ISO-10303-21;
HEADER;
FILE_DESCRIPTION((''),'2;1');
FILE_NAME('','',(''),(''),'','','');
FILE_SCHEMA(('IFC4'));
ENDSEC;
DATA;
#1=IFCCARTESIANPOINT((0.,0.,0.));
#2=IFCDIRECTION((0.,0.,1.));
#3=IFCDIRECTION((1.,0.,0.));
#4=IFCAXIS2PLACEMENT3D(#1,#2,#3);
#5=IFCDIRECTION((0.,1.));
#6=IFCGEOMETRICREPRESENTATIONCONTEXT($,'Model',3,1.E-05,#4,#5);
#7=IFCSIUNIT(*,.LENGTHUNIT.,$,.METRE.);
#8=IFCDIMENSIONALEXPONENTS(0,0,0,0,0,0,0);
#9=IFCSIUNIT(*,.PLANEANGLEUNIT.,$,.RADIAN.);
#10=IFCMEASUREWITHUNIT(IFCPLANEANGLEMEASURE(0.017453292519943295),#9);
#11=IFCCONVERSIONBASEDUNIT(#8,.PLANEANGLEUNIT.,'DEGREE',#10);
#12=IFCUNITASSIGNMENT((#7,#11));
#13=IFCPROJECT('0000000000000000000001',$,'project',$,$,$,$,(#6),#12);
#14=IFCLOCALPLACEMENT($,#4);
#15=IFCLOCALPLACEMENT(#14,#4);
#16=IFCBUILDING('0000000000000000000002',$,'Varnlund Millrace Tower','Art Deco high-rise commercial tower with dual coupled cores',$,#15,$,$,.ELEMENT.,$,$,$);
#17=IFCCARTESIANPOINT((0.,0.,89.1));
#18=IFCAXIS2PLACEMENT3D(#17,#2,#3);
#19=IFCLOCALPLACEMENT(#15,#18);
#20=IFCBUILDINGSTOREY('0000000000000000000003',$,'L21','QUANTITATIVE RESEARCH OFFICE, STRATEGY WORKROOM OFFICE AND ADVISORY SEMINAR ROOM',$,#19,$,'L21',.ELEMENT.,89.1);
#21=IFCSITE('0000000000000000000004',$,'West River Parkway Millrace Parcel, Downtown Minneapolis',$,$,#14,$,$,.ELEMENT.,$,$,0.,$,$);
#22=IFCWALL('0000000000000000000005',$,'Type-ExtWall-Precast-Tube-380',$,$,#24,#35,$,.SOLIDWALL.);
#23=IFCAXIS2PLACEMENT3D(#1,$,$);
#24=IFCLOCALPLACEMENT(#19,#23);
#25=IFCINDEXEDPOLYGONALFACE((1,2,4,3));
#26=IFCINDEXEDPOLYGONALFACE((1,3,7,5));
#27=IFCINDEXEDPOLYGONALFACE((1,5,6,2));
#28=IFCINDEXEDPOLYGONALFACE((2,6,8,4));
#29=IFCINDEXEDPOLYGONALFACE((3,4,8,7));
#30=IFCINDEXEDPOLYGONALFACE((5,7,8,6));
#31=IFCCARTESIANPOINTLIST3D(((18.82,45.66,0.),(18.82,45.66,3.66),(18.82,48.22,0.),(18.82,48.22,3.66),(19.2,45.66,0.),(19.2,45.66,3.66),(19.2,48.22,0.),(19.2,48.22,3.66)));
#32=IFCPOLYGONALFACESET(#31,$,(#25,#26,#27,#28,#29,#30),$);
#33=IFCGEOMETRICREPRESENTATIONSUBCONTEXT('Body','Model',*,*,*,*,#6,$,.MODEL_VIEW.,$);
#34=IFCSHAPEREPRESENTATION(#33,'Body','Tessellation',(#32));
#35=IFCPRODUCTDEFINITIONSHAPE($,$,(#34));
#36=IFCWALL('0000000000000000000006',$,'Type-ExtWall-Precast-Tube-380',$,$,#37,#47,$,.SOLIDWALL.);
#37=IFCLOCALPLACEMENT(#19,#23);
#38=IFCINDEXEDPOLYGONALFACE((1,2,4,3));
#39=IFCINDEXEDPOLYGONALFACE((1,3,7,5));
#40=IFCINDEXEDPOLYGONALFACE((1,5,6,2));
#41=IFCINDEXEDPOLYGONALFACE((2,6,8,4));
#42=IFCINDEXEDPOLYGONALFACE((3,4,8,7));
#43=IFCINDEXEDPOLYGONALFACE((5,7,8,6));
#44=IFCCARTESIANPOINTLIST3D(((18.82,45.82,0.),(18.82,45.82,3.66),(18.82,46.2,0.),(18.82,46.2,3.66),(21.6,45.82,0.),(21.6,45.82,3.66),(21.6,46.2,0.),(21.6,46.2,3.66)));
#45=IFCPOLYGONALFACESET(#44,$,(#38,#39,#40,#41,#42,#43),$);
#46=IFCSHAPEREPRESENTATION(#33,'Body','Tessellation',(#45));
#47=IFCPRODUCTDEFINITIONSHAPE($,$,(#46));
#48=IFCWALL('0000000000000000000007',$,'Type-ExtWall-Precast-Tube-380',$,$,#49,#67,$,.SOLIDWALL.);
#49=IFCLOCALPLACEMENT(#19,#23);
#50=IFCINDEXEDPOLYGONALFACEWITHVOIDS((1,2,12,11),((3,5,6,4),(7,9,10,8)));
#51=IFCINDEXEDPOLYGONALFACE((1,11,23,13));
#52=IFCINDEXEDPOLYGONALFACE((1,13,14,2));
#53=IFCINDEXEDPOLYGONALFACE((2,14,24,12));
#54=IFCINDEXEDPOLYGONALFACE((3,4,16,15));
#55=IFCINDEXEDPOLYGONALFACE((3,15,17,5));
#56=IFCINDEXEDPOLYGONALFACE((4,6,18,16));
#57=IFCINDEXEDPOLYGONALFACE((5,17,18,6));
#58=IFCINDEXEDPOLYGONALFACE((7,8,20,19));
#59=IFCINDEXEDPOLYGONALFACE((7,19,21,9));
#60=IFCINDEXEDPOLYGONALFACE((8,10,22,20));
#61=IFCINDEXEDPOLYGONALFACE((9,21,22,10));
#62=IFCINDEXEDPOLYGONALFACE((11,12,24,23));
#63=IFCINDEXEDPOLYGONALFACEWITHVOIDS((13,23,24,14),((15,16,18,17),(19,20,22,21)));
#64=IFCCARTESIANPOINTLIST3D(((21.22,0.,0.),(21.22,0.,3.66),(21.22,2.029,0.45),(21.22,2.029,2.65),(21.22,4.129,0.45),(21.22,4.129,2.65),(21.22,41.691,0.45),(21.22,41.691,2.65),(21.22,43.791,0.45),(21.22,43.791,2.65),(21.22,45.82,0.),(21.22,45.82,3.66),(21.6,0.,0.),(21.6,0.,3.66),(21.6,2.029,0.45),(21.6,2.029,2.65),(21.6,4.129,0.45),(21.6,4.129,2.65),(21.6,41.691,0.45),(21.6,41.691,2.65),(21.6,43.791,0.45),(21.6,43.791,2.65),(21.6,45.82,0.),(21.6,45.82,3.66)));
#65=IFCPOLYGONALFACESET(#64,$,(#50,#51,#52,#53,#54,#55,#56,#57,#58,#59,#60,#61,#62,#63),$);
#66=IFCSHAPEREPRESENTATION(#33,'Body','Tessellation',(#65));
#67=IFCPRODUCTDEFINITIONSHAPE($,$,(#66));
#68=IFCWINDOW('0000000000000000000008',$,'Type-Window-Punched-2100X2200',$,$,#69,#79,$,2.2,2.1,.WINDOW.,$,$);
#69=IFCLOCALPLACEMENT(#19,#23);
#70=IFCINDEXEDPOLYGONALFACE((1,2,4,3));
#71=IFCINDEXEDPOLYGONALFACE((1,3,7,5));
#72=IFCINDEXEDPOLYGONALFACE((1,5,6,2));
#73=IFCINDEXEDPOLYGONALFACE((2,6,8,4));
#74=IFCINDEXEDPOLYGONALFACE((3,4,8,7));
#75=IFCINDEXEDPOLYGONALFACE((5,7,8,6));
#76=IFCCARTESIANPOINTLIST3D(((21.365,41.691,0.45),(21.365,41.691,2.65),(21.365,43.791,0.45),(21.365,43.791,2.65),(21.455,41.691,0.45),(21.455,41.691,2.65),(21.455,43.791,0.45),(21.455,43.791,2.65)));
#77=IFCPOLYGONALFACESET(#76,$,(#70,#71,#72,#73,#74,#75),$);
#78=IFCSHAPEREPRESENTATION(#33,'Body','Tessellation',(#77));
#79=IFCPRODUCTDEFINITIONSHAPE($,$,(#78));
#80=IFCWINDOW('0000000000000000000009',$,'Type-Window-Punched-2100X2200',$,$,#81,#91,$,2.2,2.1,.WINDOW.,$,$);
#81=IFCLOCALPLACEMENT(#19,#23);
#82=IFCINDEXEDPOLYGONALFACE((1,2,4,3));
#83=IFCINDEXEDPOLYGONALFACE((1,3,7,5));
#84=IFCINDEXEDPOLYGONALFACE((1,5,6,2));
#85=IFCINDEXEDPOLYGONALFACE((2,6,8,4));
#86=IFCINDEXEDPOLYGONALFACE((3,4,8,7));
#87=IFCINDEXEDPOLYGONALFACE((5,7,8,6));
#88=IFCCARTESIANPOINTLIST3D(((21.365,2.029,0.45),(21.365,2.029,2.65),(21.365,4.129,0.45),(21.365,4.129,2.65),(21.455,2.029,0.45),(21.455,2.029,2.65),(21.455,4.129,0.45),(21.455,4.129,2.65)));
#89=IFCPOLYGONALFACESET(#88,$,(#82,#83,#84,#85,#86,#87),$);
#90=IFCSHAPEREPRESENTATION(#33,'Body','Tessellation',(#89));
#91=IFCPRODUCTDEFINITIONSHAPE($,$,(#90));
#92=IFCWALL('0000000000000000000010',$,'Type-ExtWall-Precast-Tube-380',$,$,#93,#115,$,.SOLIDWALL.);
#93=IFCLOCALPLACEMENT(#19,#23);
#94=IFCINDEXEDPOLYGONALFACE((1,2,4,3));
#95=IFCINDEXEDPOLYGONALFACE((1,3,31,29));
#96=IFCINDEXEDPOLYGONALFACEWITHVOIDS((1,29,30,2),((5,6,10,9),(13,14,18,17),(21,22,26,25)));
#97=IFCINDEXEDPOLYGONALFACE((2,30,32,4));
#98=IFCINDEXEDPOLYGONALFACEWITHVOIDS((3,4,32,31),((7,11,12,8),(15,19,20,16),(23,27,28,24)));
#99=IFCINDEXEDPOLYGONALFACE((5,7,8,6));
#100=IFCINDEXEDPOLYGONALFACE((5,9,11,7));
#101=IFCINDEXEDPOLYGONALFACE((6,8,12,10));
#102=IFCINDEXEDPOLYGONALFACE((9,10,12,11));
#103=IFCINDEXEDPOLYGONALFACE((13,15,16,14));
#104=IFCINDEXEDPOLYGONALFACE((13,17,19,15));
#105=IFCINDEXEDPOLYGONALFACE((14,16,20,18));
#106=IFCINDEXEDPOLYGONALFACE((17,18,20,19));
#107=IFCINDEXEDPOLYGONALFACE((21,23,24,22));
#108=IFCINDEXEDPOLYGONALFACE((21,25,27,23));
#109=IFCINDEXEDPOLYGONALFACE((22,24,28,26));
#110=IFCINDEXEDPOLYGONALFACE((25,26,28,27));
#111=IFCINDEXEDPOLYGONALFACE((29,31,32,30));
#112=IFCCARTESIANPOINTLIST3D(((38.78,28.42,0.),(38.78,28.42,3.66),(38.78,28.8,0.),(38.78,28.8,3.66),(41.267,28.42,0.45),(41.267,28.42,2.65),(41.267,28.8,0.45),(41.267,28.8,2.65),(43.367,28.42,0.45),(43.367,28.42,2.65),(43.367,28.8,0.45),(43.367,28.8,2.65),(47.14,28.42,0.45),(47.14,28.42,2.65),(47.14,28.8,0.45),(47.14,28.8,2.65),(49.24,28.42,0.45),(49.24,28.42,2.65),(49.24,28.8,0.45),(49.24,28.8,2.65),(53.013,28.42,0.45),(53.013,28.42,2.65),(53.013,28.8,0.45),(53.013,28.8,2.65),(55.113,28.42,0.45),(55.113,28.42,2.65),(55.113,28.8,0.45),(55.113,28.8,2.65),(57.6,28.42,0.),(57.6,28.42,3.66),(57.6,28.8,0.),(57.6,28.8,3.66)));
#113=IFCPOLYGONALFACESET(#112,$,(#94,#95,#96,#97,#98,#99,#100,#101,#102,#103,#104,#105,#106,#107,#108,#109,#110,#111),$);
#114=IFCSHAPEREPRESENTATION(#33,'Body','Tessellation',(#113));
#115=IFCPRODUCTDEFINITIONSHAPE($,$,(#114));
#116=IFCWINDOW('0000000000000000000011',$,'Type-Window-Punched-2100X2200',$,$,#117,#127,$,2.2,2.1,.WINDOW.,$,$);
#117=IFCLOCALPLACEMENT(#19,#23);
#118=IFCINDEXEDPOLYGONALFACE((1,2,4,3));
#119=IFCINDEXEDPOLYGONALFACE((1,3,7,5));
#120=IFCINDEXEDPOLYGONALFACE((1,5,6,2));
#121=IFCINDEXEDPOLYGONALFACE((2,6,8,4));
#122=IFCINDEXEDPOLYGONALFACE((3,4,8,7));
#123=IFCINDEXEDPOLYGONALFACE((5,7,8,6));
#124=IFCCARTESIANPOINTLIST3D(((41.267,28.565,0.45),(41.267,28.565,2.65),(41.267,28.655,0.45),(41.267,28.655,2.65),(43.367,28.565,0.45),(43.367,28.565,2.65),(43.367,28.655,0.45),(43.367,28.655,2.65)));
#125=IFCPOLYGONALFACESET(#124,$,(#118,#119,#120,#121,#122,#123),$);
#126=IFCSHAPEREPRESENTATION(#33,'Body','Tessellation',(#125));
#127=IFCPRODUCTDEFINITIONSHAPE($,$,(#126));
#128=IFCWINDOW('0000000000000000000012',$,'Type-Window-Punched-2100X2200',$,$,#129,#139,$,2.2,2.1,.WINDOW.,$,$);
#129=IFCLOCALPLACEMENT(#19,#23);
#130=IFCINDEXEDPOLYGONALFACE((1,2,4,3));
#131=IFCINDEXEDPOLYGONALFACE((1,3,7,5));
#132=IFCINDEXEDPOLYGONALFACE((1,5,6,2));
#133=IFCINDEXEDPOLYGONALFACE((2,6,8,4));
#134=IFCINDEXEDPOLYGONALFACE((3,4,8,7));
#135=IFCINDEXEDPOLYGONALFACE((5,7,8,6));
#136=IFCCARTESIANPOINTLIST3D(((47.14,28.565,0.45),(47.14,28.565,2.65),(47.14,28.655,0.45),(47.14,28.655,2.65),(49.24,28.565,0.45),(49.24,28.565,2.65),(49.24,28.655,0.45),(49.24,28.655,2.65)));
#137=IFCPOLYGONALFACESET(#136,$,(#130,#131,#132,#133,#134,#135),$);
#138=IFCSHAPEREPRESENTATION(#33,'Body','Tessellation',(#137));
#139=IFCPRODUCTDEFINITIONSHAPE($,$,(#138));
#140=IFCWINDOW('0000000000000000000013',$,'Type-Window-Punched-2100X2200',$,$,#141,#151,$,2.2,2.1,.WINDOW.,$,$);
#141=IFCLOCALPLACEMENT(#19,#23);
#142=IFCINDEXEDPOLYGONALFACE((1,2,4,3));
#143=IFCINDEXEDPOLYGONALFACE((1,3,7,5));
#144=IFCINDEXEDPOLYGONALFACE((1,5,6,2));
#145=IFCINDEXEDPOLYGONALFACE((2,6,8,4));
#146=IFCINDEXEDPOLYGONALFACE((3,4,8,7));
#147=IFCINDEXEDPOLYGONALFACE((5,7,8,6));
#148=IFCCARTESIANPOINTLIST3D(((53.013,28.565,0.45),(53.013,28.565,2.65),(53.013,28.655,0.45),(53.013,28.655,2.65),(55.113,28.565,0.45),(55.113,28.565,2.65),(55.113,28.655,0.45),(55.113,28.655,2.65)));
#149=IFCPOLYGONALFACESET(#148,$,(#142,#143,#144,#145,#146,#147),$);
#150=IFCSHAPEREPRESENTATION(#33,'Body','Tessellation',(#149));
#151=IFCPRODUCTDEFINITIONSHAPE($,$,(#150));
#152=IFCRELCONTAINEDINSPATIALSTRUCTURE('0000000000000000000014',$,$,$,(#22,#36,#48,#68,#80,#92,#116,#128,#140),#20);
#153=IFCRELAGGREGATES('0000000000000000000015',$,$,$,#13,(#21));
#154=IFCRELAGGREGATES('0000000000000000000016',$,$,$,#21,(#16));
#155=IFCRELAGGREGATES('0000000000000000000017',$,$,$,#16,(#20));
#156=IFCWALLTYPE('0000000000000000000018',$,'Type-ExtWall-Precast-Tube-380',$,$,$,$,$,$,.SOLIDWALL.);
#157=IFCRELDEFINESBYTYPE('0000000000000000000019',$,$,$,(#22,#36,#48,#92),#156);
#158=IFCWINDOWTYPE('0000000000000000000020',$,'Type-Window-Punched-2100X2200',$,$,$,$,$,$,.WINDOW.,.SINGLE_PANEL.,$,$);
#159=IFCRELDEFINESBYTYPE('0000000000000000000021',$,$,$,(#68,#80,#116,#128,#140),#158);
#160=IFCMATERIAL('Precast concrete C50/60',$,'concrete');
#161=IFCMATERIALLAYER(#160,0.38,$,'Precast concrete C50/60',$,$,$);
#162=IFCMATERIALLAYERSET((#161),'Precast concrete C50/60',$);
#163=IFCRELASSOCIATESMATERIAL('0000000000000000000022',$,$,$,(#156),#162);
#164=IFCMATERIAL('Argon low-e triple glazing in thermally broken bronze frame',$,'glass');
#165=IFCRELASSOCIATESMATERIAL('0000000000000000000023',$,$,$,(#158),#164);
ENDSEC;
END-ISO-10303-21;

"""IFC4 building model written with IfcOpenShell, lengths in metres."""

from ifc_helpers import new_model, entity, si_unit, converted_unit, direction, frame, origin_with_axes, origin_2d_with_axis, place, context, subcontext, project, spatial, polyline, rectangle, outline, extrude, material, layer, layer_set, type_object, element, fill, save


model = new_model("IFC4")

# Units and contexts
model_context = context("Model", 3, precision=1e-05, world=origin_with_axes(), true_north=direction((0.0, 1.0)))
body_context = subcontext(model_context, "Body", "Model", "MODEL_VIEW")
ifc_project = project(units=[si_unit("LENGTHUNIT", "METRE"), converted_unit("PLANEANGLEUNIT", "DEGREE", entity("IfcPlaneAngleMeasure", 0.017453292519943295), si_unit("PLANEANGLEUNIT", "RADIAN"), dimensions=[0, 0, 0, 0, 0, 0, 0])], contexts=[model_context])

# Site, building, storey
site_placement = place(None, origin_with_axes())
site = spatial("IfcSite", under=ifc_project, at=site_placement, Name="West River Parkway Millrace Parcel, Downtown Minneapolis", CompositionType="ELEMENT", RefElevation=0.0)
building_placement = place(site_placement, origin_with_axes())
building = spatial("IfcBuilding", under=site, at=building_placement, Name="Varnlund Millrace Tower", Description="Art Deco high-rise commercial tower with dual coupled cores", CompositionType="ELEMENT")
storey_placement = place(building_placement, frame((0.0, 0.0, 89.1), z_axis=(0.0, 0.0, 1.0), x_axis=(1.0, 0.0, 0.0)))
storey = spatial("IfcBuildingStorey", under=building, at=storey_placement, Name="L21", Description="QUANTITATIVE RESEARCH OFFICE, STRATEGY WORKROOM OFFICE AND ADVISORY SEMINAR ROOM", LongName="L21", CompositionType="ELEMENT", Elevation=89.1)

# Walls
ifc_material_1 = material(Name="Precast concrete C50/60", Category="concrete")
ifc_layer_1 = layer(ifc_material_1, 0.38, Name="Precast concrete C50/60")
ifc_layer_set_1 = layer_set([ifc_layer_1], Name="Precast concrete C50/60")
wall_type_1 = type_object("IfcWallType", Name="Type-ExtWall-Precast-Tube-380", PredefinedType="SOLIDWALL", material=ifc_layer_set_1)
wall_1_placement = place(storey_placement, frame((19.01, 48.22, 0.0), z_axis=(0.0, 0.0, 1.0), x_axis=(0.0, -1.0, 0.0)))
element("IfcWall", 1, at=wall_1_placement, inside=storey, type_object=wall_type_1, Name="Type-ExtWall-Precast-Tube-380", PredefinedType="SOLIDWALL", context=body_context, shape_type="SweptSolid", body=[
    extrude(outline(polyline([(0.0, -0.19), (2.56, -0.19), (2.56, 0.19), (0.0, 0.19), (0.0, -0.19)])), origin_with_axes(), (0.0, 0.0, 1.0), 3.66),
])
wall_2_placement = place(storey_placement, frame((18.82, 46.01, 0.0), z_axis=(0.0, 0.0, 1.0), x_axis=(1.0, 0.0, 0.0)))
element("IfcWall", 2, at=wall_2_placement, inside=storey, type_object=wall_type_1, Name="Type-ExtWall-Precast-Tube-380", PredefinedType="SOLIDWALL", context=body_context, shape_type="SweptSolid", body=[
    extrude(outline(polyline([(0.0, -0.19), (2.78, -0.19), (2.78, 0.19), (0.0, 0.19), (0.0, -0.19)])), origin_with_axes(), (0.0, 0.0, 1.0), 3.66),
])

# Walls, openings, windows
wall_3_placement = place(storey_placement, frame((21.41, 45.82, 0.0), z_axis=(0.0, 0.0, 1.0), x_axis=(0.0, -1.0, 0.0)))
wall_3 = element("IfcWall", 3, at=wall_3_placement, inside=storey, type_object=wall_type_1, Name="Type-ExtWall-Precast-Tube-380", PredefinedType="SOLIDWALL", context=body_context, shape_type="SweptSolid", body=[
    extrude(outline(polyline([(0.0, -0.19), (45.82, -0.19), (45.82, 0.19), (0.0, 0.19), (0.0, -0.19)])), origin_with_axes(), (0.0, 0.0, 1.0), 3.66),
])
opening_1_placement = place(wall_3_placement, frame((3.079, 0.0, 0.45), z_axis=(0.0, 0.0, 1.0), x_axis=(1.0, 0.0, 0.0)))
opening_1 = element("IfcOpeningElement", 4, at=opening_1_placement, cuts=wall_3, PredefinedType="OPENING", context=body_context, shape_type="SweptSolid", body=[
    extrude(rectangle(XDim=2.1, YDim=0.4, at=origin_2d_with_axis()), origin_with_axes(), (0.0, 0.0, 1.0), 2.2),
])
opening_2_placement = place(wall_3_placement, frame((42.741, 0.0, 0.45), z_axis=(0.0, 0.0, 1.0), x_axis=(1.0, 0.0, 0.0)))
opening_2 = element("IfcOpeningElement", 5, at=opening_2_placement, cuts=wall_3, PredefinedType="OPENING", context=body_context, shape_type="SweptSolid", body=[
    extrude(rectangle(XDim=2.1, YDim=0.4, at=origin_2d_with_axis()), origin_with_axes(), (0.0, 0.0, 1.0), 2.2),
])
ifc_material_2 = material(Name="Argon low-e triple glazing in thermally broken bronze frame", Category="glass")
window_type = type_object("IfcWindowType", Name="Type-Window-Punched-2100X2200", PartitioningType="SINGLE_PANEL", PredefinedType="WINDOW", material=ifc_material_2)
window_1_placement = place(wall_3_placement, frame((3.079, 0.0, 0.45), z_axis=(0.0, 0.0, 1.0), x_axis=(1.0, 0.0, 0.0)))
window_1 = element("IfcWindow", 6, at=window_1_placement, inside=storey, type_object=window_type, Name="Type-Window-Punched-2100X2200", OverallHeight=2.2, OverallWidth=2.1, PredefinedType="WINDOW", context=body_context, shape_type="SweptSolid", body=[
    extrude(rectangle(XDim=2.1, YDim=0.09, at=origin_2d_with_axis()), origin_with_axes(), (0.0, 0.0, 1.0), 2.2),
])
fill(opening_1, window_1)
window_2_placement = place(wall_3_placement, frame((42.741, 0.0, 0.45), z_axis=(0.0, 0.0, 1.0), x_axis=(1.0, 0.0, 0.0)))
window_2 = element("IfcWindow", 7, at=window_2_placement, inside=storey, type_object=window_type, Name="Type-Window-Punched-2100X2200", OverallHeight=2.2, OverallWidth=2.1, PredefinedType="WINDOW", context=body_context, shape_type="SweptSolid", body=[
    extrude(rectangle(XDim=2.1, YDim=0.09, at=origin_2d_with_axis()), origin_with_axes(), (0.0, 0.0, 1.0), 2.2),
])
fill(opening_2, window_2)
wall_4_placement = place(storey_placement, frame((38.78, 28.61, 0.0), z_axis=(0.0, 0.0, 1.0), x_axis=(1.0, 0.0, 0.0)))
wall_4 = element("IfcWall", 8, at=wall_4_placement, inside=storey, type_object=wall_type_1, Name="Type-ExtWall-Precast-Tube-380", PredefinedType="SOLIDWALL", context=body_context, shape_type="SweptSolid", body=[
    extrude(outline(polyline([(0.0, -0.19), (18.82, -0.19), (18.82, 0.19), (0.0, 0.19), (0.0, -0.19)])), origin_with_axes(), (0.0, 0.0, 1.0), 3.66),
])
opening_3_placement = place(wall_4_placement, frame((3.537, 0.0, 0.45), z_axis=(0.0, 0.0, 1.0), x_axis=(1.0, 0.0, 0.0)))
opening_3 = element("IfcOpeningElement", 9, at=opening_3_placement, cuts=wall_4, PredefinedType="OPENING", context=body_context, shape_type="SweptSolid", body=[
    extrude(rectangle(XDim=2.1, YDim=0.4, at=origin_2d_with_axis()), origin_with_axes(), (0.0, 0.0, 1.0), 2.2),
])
opening_4_placement = place(wall_4_placement, frame((9.41, 0.0, 0.45), z_axis=(0.0, 0.0, 1.0), x_axis=(1.0, 0.0, 0.0)))
opening_4 = element("IfcOpeningElement", 10, at=opening_4_placement, cuts=wall_4, PredefinedType="OPENING", context=body_context, shape_type="SweptSolid", body=[
    extrude(rectangle(XDim=2.1, YDim=0.4, at=origin_2d_with_axis()), origin_with_axes(), (0.0, 0.0, 1.0), 2.2),
])
opening_5_placement = place(wall_4_placement, frame((15.283, 0.0, 0.45), z_axis=(0.0, 0.0, 1.0), x_axis=(1.0, 0.0, 0.0)))
opening_5 = element("IfcOpeningElement", 11, at=opening_5_placement, cuts=wall_4, PredefinedType="OPENING", context=body_context, shape_type="SweptSolid", body=[
    extrude(rectangle(XDim=2.1, YDim=0.4, at=origin_2d_with_axis()), origin_with_axes(), (0.0, 0.0, 1.0), 2.2),
])
window_3_placement = place(wall_4_placement, frame((3.537, 0.0, 0.45), z_axis=(0.0, 0.0, 1.0), x_axis=(1.0, 0.0, 0.0)))
window_3 = element("IfcWindow", 12, at=window_3_placement, inside=storey, type_object=window_type, Name="Type-Window-Punched-2100X2200", OverallHeight=2.2, OverallWidth=2.1, PredefinedType="WINDOW", context=body_context, shape_type="SweptSolid", body=[
    extrude(rectangle(XDim=2.1, YDim=0.09, at=origin_2d_with_axis()), origin_with_axes(), (0.0, 0.0, 1.0), 2.2),
])
fill(opening_3, window_3)
window_4_placement = place(wall_4_placement, frame((9.41, 0.0, 0.45), z_axis=(0.0, 0.0, 1.0), x_axis=(1.0, 0.0, 0.0)))
window_4 = element("IfcWindow", 13, at=window_4_placement, inside=storey, type_object=window_type, Name="Type-Window-Punched-2100X2200", OverallHeight=2.2, OverallWidth=2.1, PredefinedType="WINDOW", context=body_context, shape_type="SweptSolid", body=[
    extrude(rectangle(XDim=2.1, YDim=0.09, at=origin_2d_with_axis()), origin_with_axes(), (0.0, 0.0, 1.0), 2.2),
])
fill(opening_4, window_4)
window_5_placement = place(wall_4_placement, frame((15.283, 0.0, 0.45), z_axis=(0.0, 0.0, 1.0), x_axis=(1.0, 0.0, 0.0)))
window_5 = element("IfcWindow", 14, at=window_5_placement, inside=storey, type_object=window_type, Name="Type-Window-Punched-2100X2200", OverallHeight=2.2, OverallWidth=2.1, PredefinedType="WINDOW", context=body_context, shape_type="SweptSolid", body=[
    extrude(rectangle(XDim=2.1, YDim=0.09, at=origin_2d_with_axis()), origin_with_axes(), (0.0, 0.0, 1.0), 2.2),
])
fill(opening_5, window_5)

save(model, "model.ifc")
